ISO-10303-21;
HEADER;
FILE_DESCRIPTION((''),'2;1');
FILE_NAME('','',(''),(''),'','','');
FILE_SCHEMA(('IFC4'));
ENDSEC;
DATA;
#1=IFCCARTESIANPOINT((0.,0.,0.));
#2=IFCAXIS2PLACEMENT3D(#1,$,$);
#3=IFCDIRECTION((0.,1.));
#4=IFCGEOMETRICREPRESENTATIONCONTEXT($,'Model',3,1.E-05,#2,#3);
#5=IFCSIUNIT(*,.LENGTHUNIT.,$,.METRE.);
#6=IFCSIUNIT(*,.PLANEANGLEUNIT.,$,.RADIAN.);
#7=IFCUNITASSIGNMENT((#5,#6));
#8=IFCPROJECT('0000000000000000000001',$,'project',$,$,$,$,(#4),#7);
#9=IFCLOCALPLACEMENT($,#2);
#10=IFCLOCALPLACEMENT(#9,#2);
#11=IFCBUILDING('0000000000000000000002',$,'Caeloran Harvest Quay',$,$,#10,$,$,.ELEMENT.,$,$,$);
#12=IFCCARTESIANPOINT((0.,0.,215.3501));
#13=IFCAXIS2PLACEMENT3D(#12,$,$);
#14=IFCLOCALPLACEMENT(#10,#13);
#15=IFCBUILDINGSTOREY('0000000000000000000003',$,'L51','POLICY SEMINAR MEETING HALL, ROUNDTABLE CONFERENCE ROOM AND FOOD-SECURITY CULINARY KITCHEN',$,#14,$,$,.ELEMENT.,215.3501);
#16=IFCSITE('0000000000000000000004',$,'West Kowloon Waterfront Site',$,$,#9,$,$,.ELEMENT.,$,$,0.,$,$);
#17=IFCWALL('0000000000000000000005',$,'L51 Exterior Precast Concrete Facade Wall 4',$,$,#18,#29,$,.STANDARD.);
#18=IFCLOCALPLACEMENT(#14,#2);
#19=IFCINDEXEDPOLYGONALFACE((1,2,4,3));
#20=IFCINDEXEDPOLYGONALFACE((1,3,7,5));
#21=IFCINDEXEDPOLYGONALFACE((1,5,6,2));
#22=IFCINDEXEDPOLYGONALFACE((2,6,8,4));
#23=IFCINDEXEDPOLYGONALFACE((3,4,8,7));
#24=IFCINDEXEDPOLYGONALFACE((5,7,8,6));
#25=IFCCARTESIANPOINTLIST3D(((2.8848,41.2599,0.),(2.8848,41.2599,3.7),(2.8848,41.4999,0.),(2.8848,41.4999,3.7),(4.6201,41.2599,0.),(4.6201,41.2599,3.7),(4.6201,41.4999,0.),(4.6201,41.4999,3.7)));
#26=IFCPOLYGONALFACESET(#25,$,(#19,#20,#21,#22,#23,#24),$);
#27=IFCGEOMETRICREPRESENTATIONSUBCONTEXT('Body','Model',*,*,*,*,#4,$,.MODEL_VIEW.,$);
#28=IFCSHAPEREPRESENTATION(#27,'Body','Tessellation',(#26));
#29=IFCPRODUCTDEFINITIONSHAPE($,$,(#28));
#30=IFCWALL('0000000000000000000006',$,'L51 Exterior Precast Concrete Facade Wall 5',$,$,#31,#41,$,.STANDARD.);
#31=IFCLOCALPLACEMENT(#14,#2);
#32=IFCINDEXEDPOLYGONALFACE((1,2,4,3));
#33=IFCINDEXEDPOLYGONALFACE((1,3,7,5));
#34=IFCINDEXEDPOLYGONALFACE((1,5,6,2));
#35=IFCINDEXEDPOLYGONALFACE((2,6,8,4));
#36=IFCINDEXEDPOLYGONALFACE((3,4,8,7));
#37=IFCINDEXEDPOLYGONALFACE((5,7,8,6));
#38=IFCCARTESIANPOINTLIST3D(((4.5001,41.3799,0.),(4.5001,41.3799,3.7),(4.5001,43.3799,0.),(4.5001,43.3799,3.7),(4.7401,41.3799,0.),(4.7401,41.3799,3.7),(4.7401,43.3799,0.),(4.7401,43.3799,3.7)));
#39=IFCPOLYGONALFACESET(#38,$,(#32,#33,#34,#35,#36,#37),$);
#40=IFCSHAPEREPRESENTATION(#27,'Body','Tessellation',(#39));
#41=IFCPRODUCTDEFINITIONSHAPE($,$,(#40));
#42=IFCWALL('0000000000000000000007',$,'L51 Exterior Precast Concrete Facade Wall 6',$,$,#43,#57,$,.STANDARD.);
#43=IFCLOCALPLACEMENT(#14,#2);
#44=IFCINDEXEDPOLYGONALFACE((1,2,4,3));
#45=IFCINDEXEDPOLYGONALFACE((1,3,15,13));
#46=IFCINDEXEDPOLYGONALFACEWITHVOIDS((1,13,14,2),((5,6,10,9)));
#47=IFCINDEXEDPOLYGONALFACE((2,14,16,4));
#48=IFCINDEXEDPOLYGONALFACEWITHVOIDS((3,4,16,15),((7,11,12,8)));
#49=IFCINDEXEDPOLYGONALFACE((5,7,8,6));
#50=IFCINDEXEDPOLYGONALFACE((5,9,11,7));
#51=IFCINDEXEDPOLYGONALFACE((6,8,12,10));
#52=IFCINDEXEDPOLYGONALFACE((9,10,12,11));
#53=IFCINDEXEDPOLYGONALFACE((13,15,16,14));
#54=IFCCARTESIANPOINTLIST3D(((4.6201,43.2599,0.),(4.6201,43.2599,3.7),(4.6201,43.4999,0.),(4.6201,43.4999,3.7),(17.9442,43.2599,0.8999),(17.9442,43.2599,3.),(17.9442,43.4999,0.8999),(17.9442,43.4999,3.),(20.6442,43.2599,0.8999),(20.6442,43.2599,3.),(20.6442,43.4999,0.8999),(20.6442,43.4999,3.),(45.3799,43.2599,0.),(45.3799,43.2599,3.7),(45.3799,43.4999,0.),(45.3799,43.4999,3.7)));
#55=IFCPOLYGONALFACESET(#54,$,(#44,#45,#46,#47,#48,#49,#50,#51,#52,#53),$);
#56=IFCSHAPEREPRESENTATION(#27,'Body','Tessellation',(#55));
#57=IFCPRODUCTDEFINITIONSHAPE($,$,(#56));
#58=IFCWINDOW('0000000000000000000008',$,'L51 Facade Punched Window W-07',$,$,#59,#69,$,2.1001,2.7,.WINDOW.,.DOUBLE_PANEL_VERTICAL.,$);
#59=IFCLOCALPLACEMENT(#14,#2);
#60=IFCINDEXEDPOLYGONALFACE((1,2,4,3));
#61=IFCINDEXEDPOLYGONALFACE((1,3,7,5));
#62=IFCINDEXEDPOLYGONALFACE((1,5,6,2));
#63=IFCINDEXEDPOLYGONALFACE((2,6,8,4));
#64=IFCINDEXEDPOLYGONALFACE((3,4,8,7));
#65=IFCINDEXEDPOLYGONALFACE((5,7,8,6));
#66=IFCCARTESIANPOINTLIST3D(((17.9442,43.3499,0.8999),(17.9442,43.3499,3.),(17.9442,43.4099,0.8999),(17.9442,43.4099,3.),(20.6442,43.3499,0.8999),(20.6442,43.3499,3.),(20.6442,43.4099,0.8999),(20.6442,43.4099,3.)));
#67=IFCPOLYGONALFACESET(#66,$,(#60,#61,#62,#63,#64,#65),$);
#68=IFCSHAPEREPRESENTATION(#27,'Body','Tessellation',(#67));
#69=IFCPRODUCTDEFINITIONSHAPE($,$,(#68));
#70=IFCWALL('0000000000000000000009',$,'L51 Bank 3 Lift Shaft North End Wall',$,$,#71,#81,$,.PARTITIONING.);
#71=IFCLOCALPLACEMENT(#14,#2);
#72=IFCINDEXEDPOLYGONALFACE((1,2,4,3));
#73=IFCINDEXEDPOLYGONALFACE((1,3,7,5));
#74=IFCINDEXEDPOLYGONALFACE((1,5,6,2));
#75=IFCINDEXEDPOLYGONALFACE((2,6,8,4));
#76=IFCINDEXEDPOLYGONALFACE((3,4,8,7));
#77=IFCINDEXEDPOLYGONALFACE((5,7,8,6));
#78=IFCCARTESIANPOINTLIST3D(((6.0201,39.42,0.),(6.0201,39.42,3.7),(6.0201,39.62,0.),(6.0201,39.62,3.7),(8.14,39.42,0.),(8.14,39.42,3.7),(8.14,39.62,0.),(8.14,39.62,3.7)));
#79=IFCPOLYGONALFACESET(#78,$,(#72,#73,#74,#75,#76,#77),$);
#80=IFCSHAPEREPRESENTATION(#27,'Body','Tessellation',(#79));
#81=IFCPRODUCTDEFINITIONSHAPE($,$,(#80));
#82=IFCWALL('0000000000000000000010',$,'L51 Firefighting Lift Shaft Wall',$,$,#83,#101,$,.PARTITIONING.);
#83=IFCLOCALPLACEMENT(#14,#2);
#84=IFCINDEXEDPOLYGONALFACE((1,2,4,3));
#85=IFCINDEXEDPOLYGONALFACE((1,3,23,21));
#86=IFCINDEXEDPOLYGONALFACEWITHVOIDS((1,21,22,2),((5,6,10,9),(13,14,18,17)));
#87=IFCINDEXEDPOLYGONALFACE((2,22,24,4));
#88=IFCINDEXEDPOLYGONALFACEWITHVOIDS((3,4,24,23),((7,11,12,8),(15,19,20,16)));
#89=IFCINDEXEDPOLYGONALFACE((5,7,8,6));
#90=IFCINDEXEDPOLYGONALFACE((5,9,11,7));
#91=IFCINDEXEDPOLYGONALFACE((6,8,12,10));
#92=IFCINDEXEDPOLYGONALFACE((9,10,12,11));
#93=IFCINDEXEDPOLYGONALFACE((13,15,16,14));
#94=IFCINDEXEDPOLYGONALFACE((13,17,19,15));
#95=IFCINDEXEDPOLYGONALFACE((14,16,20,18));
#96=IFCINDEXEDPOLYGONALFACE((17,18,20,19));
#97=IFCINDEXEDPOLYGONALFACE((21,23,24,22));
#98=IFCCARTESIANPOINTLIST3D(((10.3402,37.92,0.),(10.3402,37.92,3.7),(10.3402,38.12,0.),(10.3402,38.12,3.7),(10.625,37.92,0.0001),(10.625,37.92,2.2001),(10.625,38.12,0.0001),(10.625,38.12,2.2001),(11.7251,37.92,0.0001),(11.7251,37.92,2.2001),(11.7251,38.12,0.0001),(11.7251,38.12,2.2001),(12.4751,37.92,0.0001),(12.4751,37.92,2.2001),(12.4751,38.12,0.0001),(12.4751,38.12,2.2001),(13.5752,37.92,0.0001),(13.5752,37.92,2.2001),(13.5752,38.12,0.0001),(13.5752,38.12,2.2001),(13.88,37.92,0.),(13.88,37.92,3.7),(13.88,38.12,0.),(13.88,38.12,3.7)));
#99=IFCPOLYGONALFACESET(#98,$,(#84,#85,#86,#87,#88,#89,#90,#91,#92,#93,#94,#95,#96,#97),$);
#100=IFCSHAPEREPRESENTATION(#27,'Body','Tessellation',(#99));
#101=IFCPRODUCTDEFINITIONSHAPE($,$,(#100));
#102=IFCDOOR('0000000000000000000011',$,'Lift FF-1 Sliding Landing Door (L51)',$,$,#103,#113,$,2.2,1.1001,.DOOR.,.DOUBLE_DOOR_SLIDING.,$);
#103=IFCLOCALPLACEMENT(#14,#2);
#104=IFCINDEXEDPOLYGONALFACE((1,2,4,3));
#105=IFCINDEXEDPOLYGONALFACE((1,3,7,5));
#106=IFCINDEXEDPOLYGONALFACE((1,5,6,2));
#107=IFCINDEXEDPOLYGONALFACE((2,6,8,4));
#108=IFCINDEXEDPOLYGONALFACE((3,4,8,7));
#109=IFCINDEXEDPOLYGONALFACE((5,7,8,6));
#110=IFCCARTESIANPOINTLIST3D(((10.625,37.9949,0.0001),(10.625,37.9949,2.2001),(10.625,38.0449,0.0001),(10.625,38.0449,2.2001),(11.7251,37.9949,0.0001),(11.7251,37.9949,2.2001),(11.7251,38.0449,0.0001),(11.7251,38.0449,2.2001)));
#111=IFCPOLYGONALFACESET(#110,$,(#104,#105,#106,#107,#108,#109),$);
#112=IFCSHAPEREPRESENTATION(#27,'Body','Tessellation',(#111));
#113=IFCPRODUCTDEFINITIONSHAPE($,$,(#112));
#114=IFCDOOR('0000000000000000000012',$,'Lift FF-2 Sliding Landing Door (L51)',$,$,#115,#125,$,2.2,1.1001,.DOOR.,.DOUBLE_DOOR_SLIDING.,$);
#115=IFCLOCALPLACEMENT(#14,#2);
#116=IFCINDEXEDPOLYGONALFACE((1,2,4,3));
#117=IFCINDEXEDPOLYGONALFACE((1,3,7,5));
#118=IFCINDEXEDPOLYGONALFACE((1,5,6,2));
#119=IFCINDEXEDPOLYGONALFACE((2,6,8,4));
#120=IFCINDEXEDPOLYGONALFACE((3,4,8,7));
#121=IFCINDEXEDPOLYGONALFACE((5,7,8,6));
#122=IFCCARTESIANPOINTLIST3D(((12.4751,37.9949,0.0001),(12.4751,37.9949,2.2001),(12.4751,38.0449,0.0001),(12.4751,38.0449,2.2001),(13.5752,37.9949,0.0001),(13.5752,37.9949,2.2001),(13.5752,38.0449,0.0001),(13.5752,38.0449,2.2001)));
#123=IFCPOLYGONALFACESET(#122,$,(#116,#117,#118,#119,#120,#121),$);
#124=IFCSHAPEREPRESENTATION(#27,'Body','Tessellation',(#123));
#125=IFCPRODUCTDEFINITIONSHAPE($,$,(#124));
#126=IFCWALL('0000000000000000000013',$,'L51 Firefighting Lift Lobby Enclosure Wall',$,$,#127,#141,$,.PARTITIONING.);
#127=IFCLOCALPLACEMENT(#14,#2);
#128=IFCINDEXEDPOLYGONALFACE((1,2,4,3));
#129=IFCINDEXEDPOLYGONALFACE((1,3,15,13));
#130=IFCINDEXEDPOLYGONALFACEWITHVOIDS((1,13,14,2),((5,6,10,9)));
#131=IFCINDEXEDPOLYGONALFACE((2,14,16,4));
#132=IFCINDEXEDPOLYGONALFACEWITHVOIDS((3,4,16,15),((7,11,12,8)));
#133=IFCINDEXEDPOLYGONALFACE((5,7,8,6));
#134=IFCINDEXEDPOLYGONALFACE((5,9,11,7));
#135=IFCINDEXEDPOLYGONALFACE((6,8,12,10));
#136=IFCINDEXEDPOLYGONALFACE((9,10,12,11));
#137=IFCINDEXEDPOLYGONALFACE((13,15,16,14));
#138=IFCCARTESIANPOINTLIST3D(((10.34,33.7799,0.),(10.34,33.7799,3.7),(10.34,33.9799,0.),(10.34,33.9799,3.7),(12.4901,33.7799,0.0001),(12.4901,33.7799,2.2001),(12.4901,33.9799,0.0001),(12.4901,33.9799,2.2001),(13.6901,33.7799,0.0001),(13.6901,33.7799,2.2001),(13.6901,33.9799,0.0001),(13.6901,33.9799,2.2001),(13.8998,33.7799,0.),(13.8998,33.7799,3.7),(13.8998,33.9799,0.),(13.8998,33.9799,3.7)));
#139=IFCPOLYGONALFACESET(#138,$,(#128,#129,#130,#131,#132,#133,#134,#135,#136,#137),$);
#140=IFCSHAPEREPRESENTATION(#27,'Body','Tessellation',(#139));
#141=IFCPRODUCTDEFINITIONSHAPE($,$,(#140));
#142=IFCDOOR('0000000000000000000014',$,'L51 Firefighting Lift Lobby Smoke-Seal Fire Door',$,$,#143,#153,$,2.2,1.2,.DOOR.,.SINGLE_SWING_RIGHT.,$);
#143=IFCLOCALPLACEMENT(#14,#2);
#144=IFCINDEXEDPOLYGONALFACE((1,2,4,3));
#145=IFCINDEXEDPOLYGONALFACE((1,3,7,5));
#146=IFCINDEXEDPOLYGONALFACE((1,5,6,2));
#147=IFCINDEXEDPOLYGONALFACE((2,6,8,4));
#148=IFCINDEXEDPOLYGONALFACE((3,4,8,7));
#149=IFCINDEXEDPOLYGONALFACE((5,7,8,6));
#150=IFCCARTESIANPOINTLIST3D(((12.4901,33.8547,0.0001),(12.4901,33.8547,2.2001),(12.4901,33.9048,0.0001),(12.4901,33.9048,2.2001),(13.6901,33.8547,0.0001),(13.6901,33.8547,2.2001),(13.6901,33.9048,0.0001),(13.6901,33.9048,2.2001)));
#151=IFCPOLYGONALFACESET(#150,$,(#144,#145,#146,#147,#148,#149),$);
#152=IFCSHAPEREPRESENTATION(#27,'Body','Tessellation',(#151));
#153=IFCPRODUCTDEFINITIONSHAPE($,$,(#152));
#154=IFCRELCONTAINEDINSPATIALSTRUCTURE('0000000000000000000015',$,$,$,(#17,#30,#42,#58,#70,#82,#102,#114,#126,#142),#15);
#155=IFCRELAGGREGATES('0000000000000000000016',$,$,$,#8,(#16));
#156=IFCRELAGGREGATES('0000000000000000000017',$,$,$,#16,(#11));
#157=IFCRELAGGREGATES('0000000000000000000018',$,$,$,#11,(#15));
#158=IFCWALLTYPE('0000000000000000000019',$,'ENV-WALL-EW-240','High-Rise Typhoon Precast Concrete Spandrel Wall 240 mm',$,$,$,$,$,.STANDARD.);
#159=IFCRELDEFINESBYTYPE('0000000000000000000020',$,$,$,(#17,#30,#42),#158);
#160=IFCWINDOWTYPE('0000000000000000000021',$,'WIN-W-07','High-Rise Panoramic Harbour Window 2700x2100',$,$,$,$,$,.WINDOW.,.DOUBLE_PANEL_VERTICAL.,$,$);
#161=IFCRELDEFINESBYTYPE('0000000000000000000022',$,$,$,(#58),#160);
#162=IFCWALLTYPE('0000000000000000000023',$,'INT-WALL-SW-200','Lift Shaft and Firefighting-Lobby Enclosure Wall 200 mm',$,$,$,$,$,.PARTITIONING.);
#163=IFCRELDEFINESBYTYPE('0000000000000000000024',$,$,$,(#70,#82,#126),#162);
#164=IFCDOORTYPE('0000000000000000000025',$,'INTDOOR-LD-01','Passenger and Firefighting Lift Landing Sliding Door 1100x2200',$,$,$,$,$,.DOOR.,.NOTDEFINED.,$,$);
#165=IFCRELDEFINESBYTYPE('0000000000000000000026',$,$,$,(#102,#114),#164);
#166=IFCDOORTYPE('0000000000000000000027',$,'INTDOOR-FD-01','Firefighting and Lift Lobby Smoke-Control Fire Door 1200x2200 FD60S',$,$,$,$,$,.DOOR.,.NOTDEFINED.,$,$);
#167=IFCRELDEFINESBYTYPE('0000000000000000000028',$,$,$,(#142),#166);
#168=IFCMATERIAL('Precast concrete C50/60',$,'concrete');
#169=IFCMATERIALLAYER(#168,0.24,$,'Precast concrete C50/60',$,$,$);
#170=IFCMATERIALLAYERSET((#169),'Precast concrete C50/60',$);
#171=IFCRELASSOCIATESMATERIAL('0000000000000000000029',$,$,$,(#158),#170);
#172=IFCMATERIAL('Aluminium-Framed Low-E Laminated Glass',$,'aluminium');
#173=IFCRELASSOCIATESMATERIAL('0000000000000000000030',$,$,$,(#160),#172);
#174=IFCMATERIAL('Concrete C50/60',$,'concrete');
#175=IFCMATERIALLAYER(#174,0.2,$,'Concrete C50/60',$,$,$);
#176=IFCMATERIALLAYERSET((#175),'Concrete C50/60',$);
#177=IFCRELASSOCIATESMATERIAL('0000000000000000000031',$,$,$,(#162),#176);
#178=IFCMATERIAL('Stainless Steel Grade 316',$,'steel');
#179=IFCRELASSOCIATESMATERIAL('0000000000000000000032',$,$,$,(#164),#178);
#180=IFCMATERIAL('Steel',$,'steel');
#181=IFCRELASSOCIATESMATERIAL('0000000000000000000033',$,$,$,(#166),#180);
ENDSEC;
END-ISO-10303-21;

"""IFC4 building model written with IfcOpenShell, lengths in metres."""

from ifc_helpers import new_model, si_unit, direction, frame, frame_2d, origin, place, context, subcontext, project, spatial, rectangle, extrude, material, layer, layer_set, type_object, element, fill, save


model = new_model("IFC4")

# Units and contexts
model_context = context("Model", 3, precision=1e-05, world=origin(), true_north=direction((0.0, 1.0)))
body_context = subcontext(model_context, "Body", "Model", "MODEL_VIEW")
ifc_project = project(units=[si_unit("LENGTHUNIT", "METRE"), si_unit("PLANEANGLEUNIT", "RADIAN")], contexts=[model_context])

# Site, building, storey
site_placement = place(None, origin())
site = spatial("IfcSite", under=ifc_project, at=site_placement, Name="West Kowloon Waterfront Site", CompositionType="ELEMENT", RefElevation=0.0)
building_placement = place(site_placement, origin())
building = spatial("IfcBuilding", under=site, at=building_placement, Name="Caeloran Harvest Quay", CompositionType="ELEMENT")
storey_placement = place(building_placement, frame((0.0, 0.0, 215.3501)))
storey = spatial("IfcBuildingStorey", under=building, at=storey_placement, Name="L51", Description="POLICY SEMINAR MEETING HALL, ROUNDTABLE CONFERENCE ROOM AND FOOD-SECURITY CULINARY KITCHEN", CompositionType="ELEMENT", Elevation=215.3501)

# Walls
ifc_material_1 = material(Name="Precast concrete C50/60", Category="concrete")
ifc_layer_1 = layer(ifc_material_1, 0.24, Name="Precast concrete C50/60")
ifc_layer_set_1 = layer_set([ifc_layer_1], Name="Precast concrete C50/60")
wall_type_1 = type_object("IfcWallType", Name="ENV-WALL-EW-240", Description="High-Rise Typhoon Precast Concrete Spandrel Wall 240 mm", PredefinedType="STANDARD", material=ifc_layer_set_1)
wall_1_placement = place(storey_placement, frame((2.8848, 41.3799, 0.0), z_axis=(0.0, 0.0, 1.0), x_axis=(1.0, 0.0, 0.0)))
element("IfcWall", 1, at=wall_1_placement, inside=storey, type_object=wall_type_1, Name="L51 Exterior Precast Concrete Facade Wall 4", PredefinedType="STANDARD", context=body_context, shape_type="SweptSolid", body=[
    extrude(rectangle(XDim=1.7354, YDim=0.24, at=frame_2d((0.8677, 0.0))), origin(), (0.0, 0.0, 1.0), 3.7),
])
wall_2_placement = place(storey_placement, frame((4.6201, 41.3799, 0.0), z_axis=(0.0, 0.0, 1.0), x_axis=(0.0, 1.0, 0.0)))
element("IfcWall", 2, at=wall_2_placement, inside=storey, type_object=wall_type_1, Name="L51 Exterior Precast Concrete Facade Wall 5", PredefinedType="STANDARD", context=body_context, shape_type="SweptSolid", body=[
    extrude(rectangle(XDim=2.0, YDim=0.24, at=frame_2d((1.0, 0.0))), origin(), (0.0, 0.0, 1.0), 3.7),
])

# Wall, opening, window
wall_3_placement = place(storey_placement, frame((4.6201, 43.3799, 0.0), z_axis=(0.0, 0.0, 1.0), x_axis=(1.0, 0.0, 0.0)))
wall_3 = element("IfcWall", 3, at=wall_3_placement, inside=storey, type_object=wall_type_1, Name="L51 Exterior Precast Concrete Facade Wall 6", PredefinedType="STANDARD", context=body_context, shape_type="SweptSolid", body=[
    extrude(rectangle(XDim=40.7598, YDim=0.24, at=frame_2d((20.3799, 0.0))), origin(), (0.0, 0.0, 1.0), 3.7),
])
opening_1_placement = place(wall_3_placement, frame((13.324, 0.0, 0.8999)))
opening_1 = element("IfcOpeningElement", 4, at=opening_1_placement, cuts=wall_3, PredefinedType="OPENING", context=body_context, shape_type="SweptSolid", body=[
    extrude(rectangle(XDim=2.7, YDim=2.1001, at=frame_2d((1.3501, 1.05))), frame((0.0, 0.1299, 0.0), z_axis=(0.0, -1.0, 0.0), x_axis=(1.0, 0.0, 0.0)), (0.0, 0.0, 1.0), 0.26),
])
ifc_material_2 = material(Name="Aluminium-Framed Low-E Laminated Glass", Category="aluminium")
window_type = type_object("IfcWindowType", Name="WIN-W-07", Description="High-Rise Panoramic Harbour Window 2700x2100", PartitioningType="DOUBLE_PANEL_VERTICAL", PredefinedType="WINDOW", material=ifc_material_2)
window_placement = place(opening_1_placement, origin())
window = element("IfcWindow", 5, at=window_placement, inside=storey, type_object=window_type, Name="L51 Facade Punched Window W-07", OverallHeight=2.1001, OverallWidth=2.7, PartitioningType="DOUBLE_PANEL_VERTICAL", PredefinedType="WINDOW", context=body_context, shape_type="SweptSolid", body=[
    extrude(rectangle(XDim=2.7, YDim=2.1001, at=frame_2d((1.3501, 1.05))), frame((0.0, 0.03, 0.0), z_axis=(0.0, -1.0, 0.0), x_axis=(1.0, 0.0, 0.0)), (0.0, 0.0, 1.0), 0.0601),
])
fill(opening_1, window)

# Wall
ifc_material_3 = material(Name="Concrete C50/60", Category="concrete")
ifc_layer_2 = layer(ifc_material_3, 0.2, Name="Concrete C50/60")
ifc_layer_set_2 = layer_set([ifc_layer_2], Name="Concrete C50/60")
wall_type_2 = type_object("IfcWallType", Name="INT-WALL-SW-200", Description="Lift Shaft and Firefighting-Lobby Enclosure Wall 200 mm", PredefinedType="PARTITIONING", material=ifc_layer_set_2)
wall_4_placement = place(storey_placement, frame((6.02, 39.52, 0.0), z_axis=(0.0, 0.0, 1.0), x_axis=(1.0, 0.0, 0.0)))
element("IfcWall", 6, at=wall_4_placement, inside=storey, type_object=wall_type_2, Name="L51 Bank 3 Lift Shaft North End Wall", PredefinedType="PARTITIONING", context=body_context, shape_type="SweptSolid", body=[
    extrude(rectangle(XDim=2.1199, YDim=0.2, at=frame_2d((1.0601, 0.0))), origin(), (0.0, 0.0, 1.0), 3.7),
])

# Wall, openings, doors
wall_5_placement = place(storey_placement, frame((10.3401, 38.02, 0.0), z_axis=(0.0, 0.0, 1.0), x_axis=(1.0, 0.0, 0.0)))
wall_5 = element("IfcWall", 7, at=wall_5_placement, inside=storey, type_object=wall_type_2, Name="L51 Firefighting Lift Shaft Wall", PredefinedType="PARTITIONING", context=body_context, shape_type="SweptSolid", body=[
    extrude(rectangle(XDim=3.5398, YDim=0.2, at=frame_2d((1.77, 0.0))), origin(), (0.0, 0.0, 1.0), 3.7),
])
opening_2_placement = place(wall_5_placement, frame((0.2849, 0.0, 0.0)))
opening_2 = element("IfcOpeningElement", 8, at=opening_2_placement, cuts=wall_5, PredefinedType="OPENING", context=body_context, shape_type="SweptSolid", body=[
    extrude(rectangle(XDim=1.1001, YDim=2.2, at=frame_2d((0.55, 1.1001))), frame((0.0, 0.1099, 0.0), z_axis=(0.0, -1.0, 0.0), x_axis=(1.0, 0.0, 0.0)), (0.0, 0.0, 1.0), 0.22),
])
opening_3_placement = place(wall_5_placement, frame((2.135, 0.0, 0.0)))
opening_3 = element("IfcOpeningElement", 9, at=opening_3_placement, cuts=wall_5, PredefinedType="OPENING", context=body_context, shape_type="SweptSolid", body=[
    extrude(rectangle(XDim=1.1001, YDim=2.2, at=frame_2d((0.55, 1.1001))), frame((0.0, 0.1099, 0.0), z_axis=(0.0, -1.0, 0.0), x_axis=(1.0, 0.0, 0.0)), (0.0, 0.0, 1.0), 0.22),
])
ifc_material_4 = material(Name="Stainless Steel Grade 316", Category="steel")
door_type_1 = type_object("IfcDoorType", Name="INTDOOR-LD-01", Description="Passenger and Firefighting Lift Landing Sliding Door 1100x2200", OperationType="NOTDEFINED", PredefinedType="DOOR", material=ifc_material_4)
door_1_placement = place(opening_2_placement, origin())
door_1 = element("IfcDoor", 10, at=door_1_placement, inside=storey, type_object=door_type_1, Name="Lift FF-1 Sliding Landing Door (L51)", OperationType="DOUBLE_DOOR_SLIDING", OverallHeight=2.2, OverallWidth=1.1001, PredefinedType="DOOR", context=body_context, shape_type="SweptSolid", body=[
    extrude(rectangle(XDim=1.1001, YDim=2.2, at=frame_2d((0.55, 1.1001))), frame((0.0, 0.0249, 0.0), z_axis=(0.0, -1.0, 0.0), x_axis=(1.0, 0.0, 0.0)), (0.0, 0.0, 1.0), 0.05),
])
fill(opening_2, door_1)
door_2_placement = place(opening_3_placement, origin())
door_2 = element("IfcDoor", 11, at=door_2_placement, inside=storey, type_object=door_type_1, Name="Lift FF-2 Sliding Landing Door (L51)", OperationType="DOUBLE_DOOR_SLIDING", OverallHeight=2.2, OverallWidth=1.1001, PredefinedType="DOOR", context=body_context, shape_type="SweptSolid", body=[
    extrude(rectangle(XDim=1.1001, YDim=2.2, at=frame_2d((0.55, 1.1001))), frame((0.0, 0.0249, 0.0), z_axis=(0.0, -1.0, 0.0), x_axis=(1.0, 0.0, 0.0)), (0.0, 0.0, 1.0), 0.05),
])
fill(opening_3, door_2)

# Wall, opening, door
wall_6_placement = place(storey_placement, frame((10.3401, 33.8799, 0.0), z_axis=(0.0, 0.0, 1.0), x_axis=(1.0, 0.0, 0.0)))
wall_6 = element("IfcWall", 12, at=wall_6_placement, inside=storey, type_object=wall_type_2, Name="L51 Firefighting Lift Lobby Enclosure Wall", PredefinedType="PARTITIONING", context=body_context, shape_type="SweptSolid", body=[
    extrude(rectangle(XDim=3.5598, YDim=0.2, at=frame_2d((1.7798, 0.0))), origin(), (0.0, 0.0, 1.0), 3.7),
])
opening_4_placement = place(wall_6_placement, frame((2.1499, 0.0, 0.0)))
opening_4 = element("IfcOpeningElement", 13, at=opening_4_placement, cuts=wall_6, PredefinedType="OPENING", context=body_context, shape_type="SweptSolid", body=[
    extrude(rectangle(XDim=1.2, YDim=2.2, at=frame_2d((0.6001, 1.1001))), frame((0.0, 0.1099, 0.0), z_axis=(0.0, -1.0, 0.0), x_axis=(1.0, 0.0, 0.0)), (0.0, 0.0, 1.0), 0.22),
])
ifc_material_5 = material(Name="Steel", Category="steel")
door_type_2 = type_object("IfcDoorType", Name="INTDOOR-FD-01", Description="Firefighting and Lift Lobby Smoke-Control Fire Door 1200x2200 FD60S", OperationType="NOTDEFINED", PredefinedType="DOOR", material=ifc_material_5)
door_3_placement = place(opening_4_placement, origin())
door_3 = element("IfcDoor", 14, at=door_3_placement, inside=storey, type_object=door_type_2, Name="L51 Firefighting Lift Lobby Smoke-Seal Fire Door", OperationType="SINGLE_SWING_RIGHT", OverallHeight=2.2, OverallWidth=1.2, PredefinedType="DOOR", context=body_context, shape_type="SweptSolid", body=[
    extrude(rectangle(XDim=1.2, YDim=2.2, at=frame_2d((0.6001, 1.1001))), frame((0.0, 0.0249, 0.0), z_axis=(0.0, -1.0, 0.0), x_axis=(1.0, 0.0, 0.0)), (0.0, 0.0, 1.0), 0.05),
])
fill(opening_4, door_3)

save(model, "model.ifc")
